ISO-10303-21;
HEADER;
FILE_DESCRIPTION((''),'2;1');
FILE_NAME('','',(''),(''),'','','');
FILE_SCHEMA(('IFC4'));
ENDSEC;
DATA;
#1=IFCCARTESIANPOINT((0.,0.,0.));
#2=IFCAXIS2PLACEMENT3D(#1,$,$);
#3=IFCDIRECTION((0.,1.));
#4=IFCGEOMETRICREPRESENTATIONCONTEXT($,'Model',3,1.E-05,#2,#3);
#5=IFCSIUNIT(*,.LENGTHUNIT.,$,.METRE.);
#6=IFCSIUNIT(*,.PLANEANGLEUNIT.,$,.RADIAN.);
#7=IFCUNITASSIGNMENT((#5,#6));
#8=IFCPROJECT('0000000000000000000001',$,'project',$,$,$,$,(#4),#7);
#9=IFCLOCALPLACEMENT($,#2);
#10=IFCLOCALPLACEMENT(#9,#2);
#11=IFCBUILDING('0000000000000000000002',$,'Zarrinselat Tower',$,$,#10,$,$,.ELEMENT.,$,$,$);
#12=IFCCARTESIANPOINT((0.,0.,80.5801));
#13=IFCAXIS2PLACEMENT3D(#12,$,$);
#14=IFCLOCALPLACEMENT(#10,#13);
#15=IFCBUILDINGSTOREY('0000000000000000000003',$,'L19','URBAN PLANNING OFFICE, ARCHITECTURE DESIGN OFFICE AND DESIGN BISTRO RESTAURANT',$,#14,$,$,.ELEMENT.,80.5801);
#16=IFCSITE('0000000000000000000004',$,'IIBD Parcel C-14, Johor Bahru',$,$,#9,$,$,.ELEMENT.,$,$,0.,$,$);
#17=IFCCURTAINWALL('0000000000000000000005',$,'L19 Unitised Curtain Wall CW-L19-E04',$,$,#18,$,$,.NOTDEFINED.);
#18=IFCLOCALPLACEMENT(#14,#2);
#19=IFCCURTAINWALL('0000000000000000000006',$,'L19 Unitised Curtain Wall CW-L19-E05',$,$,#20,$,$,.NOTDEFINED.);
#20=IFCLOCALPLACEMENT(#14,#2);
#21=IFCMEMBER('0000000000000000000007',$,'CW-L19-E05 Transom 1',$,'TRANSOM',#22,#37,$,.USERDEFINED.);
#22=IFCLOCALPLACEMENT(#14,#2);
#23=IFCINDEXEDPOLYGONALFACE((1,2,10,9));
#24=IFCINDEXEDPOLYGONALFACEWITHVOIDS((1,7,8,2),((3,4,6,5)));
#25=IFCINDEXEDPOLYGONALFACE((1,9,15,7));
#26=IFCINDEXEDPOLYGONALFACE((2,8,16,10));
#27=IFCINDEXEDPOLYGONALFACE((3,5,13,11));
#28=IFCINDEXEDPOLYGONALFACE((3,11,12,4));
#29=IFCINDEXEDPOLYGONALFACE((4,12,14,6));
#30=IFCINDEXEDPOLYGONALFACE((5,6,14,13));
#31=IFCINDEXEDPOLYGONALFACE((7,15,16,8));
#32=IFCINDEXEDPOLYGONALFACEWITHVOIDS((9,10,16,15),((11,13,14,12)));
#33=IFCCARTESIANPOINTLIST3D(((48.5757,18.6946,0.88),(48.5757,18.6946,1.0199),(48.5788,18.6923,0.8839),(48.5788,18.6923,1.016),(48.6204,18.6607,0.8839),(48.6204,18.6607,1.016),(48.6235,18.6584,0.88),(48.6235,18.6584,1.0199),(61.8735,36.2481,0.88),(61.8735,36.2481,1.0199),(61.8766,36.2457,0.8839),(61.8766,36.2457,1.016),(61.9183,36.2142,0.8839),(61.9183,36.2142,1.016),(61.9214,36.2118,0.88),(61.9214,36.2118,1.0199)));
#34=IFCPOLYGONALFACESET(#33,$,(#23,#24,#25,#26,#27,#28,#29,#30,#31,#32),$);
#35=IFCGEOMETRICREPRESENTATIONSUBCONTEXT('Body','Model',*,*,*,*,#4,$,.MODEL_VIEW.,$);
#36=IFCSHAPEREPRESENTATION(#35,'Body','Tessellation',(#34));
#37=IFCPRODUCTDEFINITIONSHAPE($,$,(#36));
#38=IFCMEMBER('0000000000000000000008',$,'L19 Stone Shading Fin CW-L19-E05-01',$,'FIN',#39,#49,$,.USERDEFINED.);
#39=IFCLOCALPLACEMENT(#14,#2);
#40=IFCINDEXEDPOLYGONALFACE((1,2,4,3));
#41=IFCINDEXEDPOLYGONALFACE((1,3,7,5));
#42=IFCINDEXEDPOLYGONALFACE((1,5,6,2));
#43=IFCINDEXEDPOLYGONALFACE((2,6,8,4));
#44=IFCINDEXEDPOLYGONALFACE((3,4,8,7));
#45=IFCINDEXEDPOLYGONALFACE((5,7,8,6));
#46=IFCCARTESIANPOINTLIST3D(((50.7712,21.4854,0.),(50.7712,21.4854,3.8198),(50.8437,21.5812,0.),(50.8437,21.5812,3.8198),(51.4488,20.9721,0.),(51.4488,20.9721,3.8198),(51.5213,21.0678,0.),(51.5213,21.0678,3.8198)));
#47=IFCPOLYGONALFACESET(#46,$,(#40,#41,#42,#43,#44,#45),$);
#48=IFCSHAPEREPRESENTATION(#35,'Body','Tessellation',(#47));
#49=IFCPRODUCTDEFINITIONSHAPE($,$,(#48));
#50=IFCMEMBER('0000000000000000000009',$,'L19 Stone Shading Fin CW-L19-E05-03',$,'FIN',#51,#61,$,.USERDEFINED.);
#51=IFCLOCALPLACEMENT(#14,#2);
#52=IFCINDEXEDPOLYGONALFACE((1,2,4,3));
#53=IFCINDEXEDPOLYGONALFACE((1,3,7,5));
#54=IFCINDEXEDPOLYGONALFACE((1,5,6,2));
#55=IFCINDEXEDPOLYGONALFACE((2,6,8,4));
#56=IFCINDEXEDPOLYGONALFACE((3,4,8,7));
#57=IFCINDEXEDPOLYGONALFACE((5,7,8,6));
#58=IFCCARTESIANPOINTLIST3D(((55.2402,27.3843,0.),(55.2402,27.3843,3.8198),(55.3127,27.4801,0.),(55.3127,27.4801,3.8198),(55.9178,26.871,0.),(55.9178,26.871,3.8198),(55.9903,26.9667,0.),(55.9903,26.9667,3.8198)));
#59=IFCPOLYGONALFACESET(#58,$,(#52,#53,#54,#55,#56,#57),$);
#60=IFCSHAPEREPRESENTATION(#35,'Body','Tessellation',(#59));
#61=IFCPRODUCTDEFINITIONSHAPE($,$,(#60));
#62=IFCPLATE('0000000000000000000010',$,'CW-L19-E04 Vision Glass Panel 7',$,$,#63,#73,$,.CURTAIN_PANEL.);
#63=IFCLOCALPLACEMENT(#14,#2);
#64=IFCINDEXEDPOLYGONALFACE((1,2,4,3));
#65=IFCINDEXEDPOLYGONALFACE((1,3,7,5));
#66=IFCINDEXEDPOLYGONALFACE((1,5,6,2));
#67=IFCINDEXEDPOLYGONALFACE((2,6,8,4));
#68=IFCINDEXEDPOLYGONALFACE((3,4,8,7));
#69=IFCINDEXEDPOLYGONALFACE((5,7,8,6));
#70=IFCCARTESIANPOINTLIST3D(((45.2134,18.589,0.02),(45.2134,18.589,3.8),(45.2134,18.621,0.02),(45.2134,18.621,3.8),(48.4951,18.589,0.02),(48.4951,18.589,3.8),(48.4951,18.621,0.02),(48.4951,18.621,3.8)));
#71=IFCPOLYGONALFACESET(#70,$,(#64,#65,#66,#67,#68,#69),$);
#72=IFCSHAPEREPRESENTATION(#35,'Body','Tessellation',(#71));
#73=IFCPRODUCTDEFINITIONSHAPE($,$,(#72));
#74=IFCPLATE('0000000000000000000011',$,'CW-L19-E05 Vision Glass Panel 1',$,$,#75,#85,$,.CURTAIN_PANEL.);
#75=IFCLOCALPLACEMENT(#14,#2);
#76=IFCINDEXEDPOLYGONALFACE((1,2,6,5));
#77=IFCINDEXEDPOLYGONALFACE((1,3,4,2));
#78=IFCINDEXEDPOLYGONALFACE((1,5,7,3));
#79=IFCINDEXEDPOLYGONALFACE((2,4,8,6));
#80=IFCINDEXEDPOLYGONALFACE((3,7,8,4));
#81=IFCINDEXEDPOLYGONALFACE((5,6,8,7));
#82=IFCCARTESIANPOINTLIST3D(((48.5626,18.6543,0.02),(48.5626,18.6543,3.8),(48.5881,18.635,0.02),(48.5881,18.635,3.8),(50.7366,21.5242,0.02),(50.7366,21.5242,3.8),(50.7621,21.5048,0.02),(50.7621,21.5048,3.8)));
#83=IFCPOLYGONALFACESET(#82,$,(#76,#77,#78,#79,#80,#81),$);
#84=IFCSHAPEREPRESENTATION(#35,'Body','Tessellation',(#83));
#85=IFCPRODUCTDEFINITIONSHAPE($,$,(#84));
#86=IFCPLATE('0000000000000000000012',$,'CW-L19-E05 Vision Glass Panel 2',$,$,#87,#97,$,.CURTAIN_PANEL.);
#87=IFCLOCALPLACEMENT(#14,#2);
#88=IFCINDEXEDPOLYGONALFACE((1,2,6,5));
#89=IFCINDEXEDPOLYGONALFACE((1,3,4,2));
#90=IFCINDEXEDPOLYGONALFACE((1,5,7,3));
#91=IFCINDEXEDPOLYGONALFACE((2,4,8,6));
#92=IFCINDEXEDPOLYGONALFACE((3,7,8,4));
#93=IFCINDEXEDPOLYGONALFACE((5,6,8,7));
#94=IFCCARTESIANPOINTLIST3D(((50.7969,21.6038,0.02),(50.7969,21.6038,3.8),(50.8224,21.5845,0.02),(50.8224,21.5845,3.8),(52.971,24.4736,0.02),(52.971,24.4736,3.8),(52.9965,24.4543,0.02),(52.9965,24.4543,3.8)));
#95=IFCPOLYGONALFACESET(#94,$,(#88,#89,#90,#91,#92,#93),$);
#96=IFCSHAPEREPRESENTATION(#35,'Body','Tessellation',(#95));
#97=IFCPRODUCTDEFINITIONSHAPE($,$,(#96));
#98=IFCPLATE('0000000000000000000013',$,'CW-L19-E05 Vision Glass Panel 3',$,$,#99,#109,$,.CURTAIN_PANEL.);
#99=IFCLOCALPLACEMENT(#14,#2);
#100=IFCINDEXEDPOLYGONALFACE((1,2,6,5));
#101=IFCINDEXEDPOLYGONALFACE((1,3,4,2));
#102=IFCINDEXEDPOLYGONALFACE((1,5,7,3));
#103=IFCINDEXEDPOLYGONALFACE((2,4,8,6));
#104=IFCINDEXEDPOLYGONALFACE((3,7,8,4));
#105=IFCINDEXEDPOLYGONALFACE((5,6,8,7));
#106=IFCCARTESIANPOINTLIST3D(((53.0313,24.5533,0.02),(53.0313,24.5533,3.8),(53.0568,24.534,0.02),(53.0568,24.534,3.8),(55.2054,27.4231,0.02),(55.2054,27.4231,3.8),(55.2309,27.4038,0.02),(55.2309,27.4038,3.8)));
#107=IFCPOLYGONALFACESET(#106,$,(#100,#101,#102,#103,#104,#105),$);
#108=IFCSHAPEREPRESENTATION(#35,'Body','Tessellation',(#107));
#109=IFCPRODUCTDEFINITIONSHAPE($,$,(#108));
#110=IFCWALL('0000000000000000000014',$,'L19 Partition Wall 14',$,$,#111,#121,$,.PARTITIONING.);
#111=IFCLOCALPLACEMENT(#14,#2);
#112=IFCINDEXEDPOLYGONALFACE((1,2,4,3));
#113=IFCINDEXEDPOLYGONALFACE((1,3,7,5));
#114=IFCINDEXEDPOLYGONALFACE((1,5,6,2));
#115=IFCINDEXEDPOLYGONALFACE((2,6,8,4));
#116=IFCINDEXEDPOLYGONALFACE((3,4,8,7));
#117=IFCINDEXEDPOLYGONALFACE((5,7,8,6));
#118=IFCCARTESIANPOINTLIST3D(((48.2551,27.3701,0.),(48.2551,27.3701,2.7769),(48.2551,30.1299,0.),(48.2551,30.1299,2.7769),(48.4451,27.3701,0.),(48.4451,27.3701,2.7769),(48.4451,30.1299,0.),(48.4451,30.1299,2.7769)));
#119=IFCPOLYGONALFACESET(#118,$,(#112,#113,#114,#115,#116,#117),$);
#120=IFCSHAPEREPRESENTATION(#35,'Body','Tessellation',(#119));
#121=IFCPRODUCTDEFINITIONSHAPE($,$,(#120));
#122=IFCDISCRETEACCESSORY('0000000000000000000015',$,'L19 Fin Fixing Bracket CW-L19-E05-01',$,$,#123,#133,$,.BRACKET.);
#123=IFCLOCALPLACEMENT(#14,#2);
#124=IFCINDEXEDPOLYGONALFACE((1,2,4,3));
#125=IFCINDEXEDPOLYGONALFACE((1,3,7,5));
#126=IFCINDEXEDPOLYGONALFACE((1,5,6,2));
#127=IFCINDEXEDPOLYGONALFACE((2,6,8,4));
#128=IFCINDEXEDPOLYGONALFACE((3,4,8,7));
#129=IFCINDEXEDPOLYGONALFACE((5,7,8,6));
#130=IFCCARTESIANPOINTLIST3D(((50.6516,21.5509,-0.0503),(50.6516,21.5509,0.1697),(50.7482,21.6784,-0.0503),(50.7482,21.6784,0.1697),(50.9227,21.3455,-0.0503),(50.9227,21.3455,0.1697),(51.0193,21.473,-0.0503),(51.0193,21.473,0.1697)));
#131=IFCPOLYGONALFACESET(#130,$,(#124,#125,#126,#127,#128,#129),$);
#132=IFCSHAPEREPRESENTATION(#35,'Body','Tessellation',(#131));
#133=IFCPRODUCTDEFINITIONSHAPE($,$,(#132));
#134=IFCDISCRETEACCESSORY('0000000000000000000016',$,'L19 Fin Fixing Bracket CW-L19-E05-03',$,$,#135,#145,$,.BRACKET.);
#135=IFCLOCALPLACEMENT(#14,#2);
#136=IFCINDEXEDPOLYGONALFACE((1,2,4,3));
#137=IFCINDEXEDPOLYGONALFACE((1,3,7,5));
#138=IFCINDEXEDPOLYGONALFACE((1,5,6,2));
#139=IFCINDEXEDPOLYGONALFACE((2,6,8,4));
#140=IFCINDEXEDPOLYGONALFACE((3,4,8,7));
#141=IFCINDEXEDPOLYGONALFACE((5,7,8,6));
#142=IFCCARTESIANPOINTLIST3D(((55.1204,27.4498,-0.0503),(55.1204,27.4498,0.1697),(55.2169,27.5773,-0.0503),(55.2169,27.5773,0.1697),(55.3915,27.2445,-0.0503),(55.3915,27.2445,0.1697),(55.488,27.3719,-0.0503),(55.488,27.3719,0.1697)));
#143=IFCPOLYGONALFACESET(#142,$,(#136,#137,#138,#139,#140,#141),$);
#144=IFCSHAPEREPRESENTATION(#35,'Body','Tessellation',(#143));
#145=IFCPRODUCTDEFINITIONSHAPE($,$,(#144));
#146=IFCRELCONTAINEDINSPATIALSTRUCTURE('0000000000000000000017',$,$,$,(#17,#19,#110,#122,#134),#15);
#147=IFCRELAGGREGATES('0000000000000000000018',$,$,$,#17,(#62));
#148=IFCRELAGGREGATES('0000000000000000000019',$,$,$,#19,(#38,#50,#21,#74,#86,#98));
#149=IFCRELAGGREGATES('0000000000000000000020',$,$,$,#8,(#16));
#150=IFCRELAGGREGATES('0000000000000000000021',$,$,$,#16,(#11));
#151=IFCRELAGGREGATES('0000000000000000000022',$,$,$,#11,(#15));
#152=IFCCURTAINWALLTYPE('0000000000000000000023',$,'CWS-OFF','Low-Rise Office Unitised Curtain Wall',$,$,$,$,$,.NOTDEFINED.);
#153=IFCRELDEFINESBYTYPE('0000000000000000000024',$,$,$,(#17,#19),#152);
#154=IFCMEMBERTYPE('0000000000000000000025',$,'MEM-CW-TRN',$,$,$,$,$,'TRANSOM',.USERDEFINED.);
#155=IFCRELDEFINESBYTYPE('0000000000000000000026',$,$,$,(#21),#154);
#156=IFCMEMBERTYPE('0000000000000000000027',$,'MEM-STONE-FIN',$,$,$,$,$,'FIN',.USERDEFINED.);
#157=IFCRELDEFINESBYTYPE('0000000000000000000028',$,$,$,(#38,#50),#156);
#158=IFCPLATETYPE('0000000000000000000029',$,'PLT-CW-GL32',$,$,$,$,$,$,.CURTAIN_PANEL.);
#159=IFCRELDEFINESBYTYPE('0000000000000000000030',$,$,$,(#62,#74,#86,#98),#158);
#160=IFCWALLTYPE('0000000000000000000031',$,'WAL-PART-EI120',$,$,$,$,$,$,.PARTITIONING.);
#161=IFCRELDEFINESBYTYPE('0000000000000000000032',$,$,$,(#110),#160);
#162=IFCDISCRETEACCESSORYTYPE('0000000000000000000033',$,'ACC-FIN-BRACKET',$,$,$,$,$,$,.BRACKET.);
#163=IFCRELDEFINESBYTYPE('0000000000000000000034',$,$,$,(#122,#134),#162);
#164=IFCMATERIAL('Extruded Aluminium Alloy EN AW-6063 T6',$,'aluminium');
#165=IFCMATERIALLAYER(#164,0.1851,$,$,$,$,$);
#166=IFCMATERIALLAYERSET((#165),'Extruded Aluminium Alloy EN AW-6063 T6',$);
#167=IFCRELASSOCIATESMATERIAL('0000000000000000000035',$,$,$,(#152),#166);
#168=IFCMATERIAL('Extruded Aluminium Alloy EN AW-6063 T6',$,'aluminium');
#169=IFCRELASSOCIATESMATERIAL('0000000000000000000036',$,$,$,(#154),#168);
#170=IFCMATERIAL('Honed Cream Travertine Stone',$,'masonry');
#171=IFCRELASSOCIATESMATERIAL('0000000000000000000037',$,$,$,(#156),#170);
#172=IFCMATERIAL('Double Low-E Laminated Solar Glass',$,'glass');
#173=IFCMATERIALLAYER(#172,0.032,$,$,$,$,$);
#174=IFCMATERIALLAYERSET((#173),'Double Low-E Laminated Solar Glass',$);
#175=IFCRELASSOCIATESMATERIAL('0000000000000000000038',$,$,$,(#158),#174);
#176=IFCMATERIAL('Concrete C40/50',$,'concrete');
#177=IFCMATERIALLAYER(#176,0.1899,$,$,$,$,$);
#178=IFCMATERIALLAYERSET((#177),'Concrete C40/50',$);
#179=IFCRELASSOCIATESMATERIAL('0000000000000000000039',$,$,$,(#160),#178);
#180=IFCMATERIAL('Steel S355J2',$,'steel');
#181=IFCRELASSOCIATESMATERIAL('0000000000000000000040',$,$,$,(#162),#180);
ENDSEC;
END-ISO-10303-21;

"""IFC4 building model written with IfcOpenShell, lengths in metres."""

from ifc_helpers import new_model, si_unit, direction, frame, frame_2d, origin, origin_2d, place, context, subcontext, project, spatial, rectangle, hollow_rectangle, extrude, material, layer, layer_set, material_profile, profile_set, type_object, element, aggregate, save


model = new_model("IFC4")

# Units and contexts
model_context = context("Model", 3, precision=1e-05, world=origin(), true_north=direction((0.0, 1.0)))
body_context = subcontext(model_context, "Body", "Model", "MODEL_VIEW")
ifc_project = project(units=[si_unit("LENGTHUNIT", "METRE"), si_unit("PLANEANGLEUNIT", "RADIAN")], contexts=[model_context])

# Site, building, storey
site_placement = place(None, origin())
site = spatial("IfcSite", under=ifc_project, at=site_placement, Name="IIBD Parcel C-14, Johor Bahru", CompositionType="ELEMENT", RefElevation=0.0)
building_placement = place(site_placement, origin())
building = spatial("IfcBuilding", under=site, at=building_placement, Name="Zarrinselat Tower", CompositionType="ELEMENT")
storey_placement = place(building_placement, frame((0.0, 0.0, 80.5801)))
storey = spatial("IfcBuildingStorey", under=building, at=storey_placement, Name="L19", Description="URBAN PLANNING OFFICE, ARCHITECTURE DESIGN OFFICE AND DESIGN BISTRO RESTAURANT", CompositionType="ELEMENT", Elevation=80.5801)

# Curtain wall
ifc_material_1 = material(Name="Extruded Aluminium Alloy EN AW-6063 T6", Category="aluminium")
ifc_layer_1 = layer(ifc_material_1, 0.1851)
ifc_layer_set_1 = layer_set([ifc_layer_1], Name="Extruded Aluminium Alloy EN AW-6063 T6")
curtain_wall_type = type_object("IfcCurtainWallType", Name="CWS-OFF", Description="Low-Rise Office Unitised Curtain Wall", PredefinedType="NOTDEFINED", material=ifc_layer_set_1)
curtain_wall_1_placement = place(storey_placement, origin())
curtain_wall_1 = element("IfcCurtainWall", 1, at=curtain_wall_1_placement, inside=storey, type_object=curtain_wall_type, Name="L19 Unitised Curtain Wall CW-L19-E04", PredefinedType="NOTDEFINED")

# Curtain wall, members
curtain_wall_2_placement = place(storey_placement, origin())
curtain_wall_2 = element("IfcCurtainWall", 2, at=curtain_wall_2_placement, inside=storey, type_object=curtain_wall_type, Name="L19 Unitised Curtain Wall CW-L19-E05", PredefinedType="NOTDEFINED")
ifc_material_2 = material(Name="Extruded Aluminium Alloy EN AW-6063 T6", Category="aluminium")
ifc_material_profile_1 = material_profile(ifc_material_2, hollow_rectangle(XDim=0.0601, YDim=0.1399, WallThickness=0.0039, at=origin_2d()), Name="RHS 140x60x4")
ifc_profile_set_1 = profile_set([ifc_material_profile_1], Name="Extruded Aluminium Alloy EN AW-6063 T6")
member_type_1 = type_object("IfcMemberType", Name="MEM-CW-TRN", ElementType="TRANSOM", PredefinedType="USERDEFINED", material=ifc_profile_set_1)
member_1_placement = place(storey_placement, frame((48.5996, 18.6765, 0.95), z_axis=(0.603851, 0.797097, 0.0), x_axis=(-0.797097, 0.603851, 0.0)))
member_1 = element("IfcMember", 3, at=member_1_placement, type_object=member_type_1, Name="CW-L19-E05 Transom 1", ObjectType="TRANSOM", PredefinedType="USERDEFINED", context=body_context, shape_type="SweptSolid", body=[
    extrude(hollow_rectangle(XDim=0.0601, YDim=0.1399, WallThickness=0.0039, at=origin_2d()), origin(), (0.0, 0.0, 1.0), 22.0217),
])
ifc_material_3 = material(Name="Honed Cream Travertine Stone", Category="masonry")
ifc_material_profile_2 = material_profile(ifc_material_3, rectangle(XDim=0.1201, YDim=0.8501, at=origin_2d()), Name="FIN 850x120")
ifc_profile_set_2 = profile_set([ifc_material_profile_2], Name="Honed Cream Travertine Stone")
member_type_2 = type_object("IfcMemberType", Name="MEM-STONE-FIN", ElementType="FIN", PredefinedType="USERDEFINED", material=ifc_profile_set_2)
member_2_placement = place(storey_placement, frame((51.1462, 21.2766, 0.0), z_axis=(0.0, 0.0, 1.0), x_axis=(-0.603855, -0.797094, 0.0)))
member_2 = element("IfcMember", 4, at=member_2_placement, type_object=member_type_2, Name="L19 Stone Shading Fin CW-L19-E05-01", ObjectType="FIN", PredefinedType="USERDEFINED", context=body_context, shape_type="SweptSolid", body=[
    extrude(rectangle(XDim=0.1201, YDim=0.8501, at=origin_2d()), origin(), (0.0, 0.0, 1.0), 3.8198),
])
member_3_placement = place(storey_placement, frame((55.6152, 27.1755, 0.0), z_axis=(0.0, 0.0, 1.0), x_axis=(-0.603855, -0.797094, 0.0)))
member_3 = element("IfcMember", 5, at=member_3_placement, type_object=member_type_2, Name="L19 Stone Shading Fin CW-L19-E05-03", ObjectType="FIN", PredefinedType="USERDEFINED", context=body_context, shape_type="SweptSolid", body=[
    extrude(rectangle(XDim=0.1201, YDim=0.8501, at=origin_2d()), origin(), (0.0, 0.0, 1.0), 3.8198),
])

# Plates
ifc_material_4 = material(Name="Double Low-E Laminated Solar Glass", Category="glass")
ifc_layer_2 = layer(ifc_material_4, 0.032)
ifc_layer_set_2 = layer_set([ifc_layer_2], Name="Double Low-E Laminated Solar Glass")
plate_type = type_object("IfcPlateType", Name="PLT-CW-GL32", PredefinedType="CURTAIN_PANEL", material=ifc_layer_set_2)
plate_1_placement = place(storey_placement, frame((46.8542, 18.605, 0.02), z_axis=(0.0, 0.0, 1.0), x_axis=(1.0, 0.0, 0.0)))
plate_1 = element("IfcPlate", 6, at=plate_1_placement, type_object=plate_type, Name="CW-L19-E04 Vision Glass Panel 7", PredefinedType="CURTAIN_PANEL", context=body_context, shape_type="SweptSolid", body=[
    extrude(rectangle(XDim=3.2817, YDim=0.032, at=origin_2d()), origin(), (0.0, 0.0, 1.0), 3.78),
])
aggregate(curtain_wall_1, [plate_1])
plate_2_placement = place(storey_placement, frame((49.6624, 20.0796, 0.02), z_axis=(0.0, 0.0, 1.0), x_axis=(0.603855, 0.797094, 0.0)))
plate_2 = element("IfcPlate", 7, at=plate_2_placement, type_object=plate_type, Name="CW-L19-E05 Vision Glass Panel 1", PredefinedType="CURTAIN_PANEL", context=body_context, shape_type="SweptSolid", body=[
    extrude(rectangle(XDim=3.6003, YDim=0.032, at=origin_2d()), origin(), (0.0, 0.0, 1.0), 3.78),
])
plate_3_placement = place(storey_placement, frame((51.8967, 23.0291, 0.02), z_axis=(0.0, 0.0, 1.0), x_axis=(0.603855, 0.797094, 0.0)))
plate_3 = element("IfcPlate", 8, at=plate_3_placement, type_object=plate_type, Name="CW-L19-E05 Vision Glass Panel 2", PredefinedType="CURTAIN_PANEL", context=body_context, shape_type="SweptSolid", body=[
    extrude(rectangle(XDim=3.6003, YDim=0.032, at=origin_2d()), origin(), (0.0, 0.0, 1.0), 3.78),
])
plate_4_placement = place(storey_placement, frame((54.1311, 25.9785, 0.02), z_axis=(0.0, 0.0, 1.0), x_axis=(0.603855, 0.797094, 0.0)))
plate_4 = element("IfcPlate", 9, at=plate_4_placement, type_object=plate_type, Name="CW-L19-E05 Vision Glass Panel 3", PredefinedType="CURTAIN_PANEL", context=body_context, shape_type="SweptSolid", body=[
    extrude(rectangle(XDim=3.6003, YDim=0.032, at=origin_2d()), origin(), (0.0, 0.0, 1.0), 3.78),
])
aggregate(curtain_wall_2, [member_2, member_3, member_1, plate_2, plate_3, plate_4])

# Wall
ifc_material_5 = material(Name="Concrete C40/50", Category="concrete")
ifc_layer_3 = layer(ifc_material_5, 0.1899)
ifc_layer_set_3 = layer_set([ifc_layer_3], Name="Concrete C40/50")
wall_type = type_object("IfcWallType", Name="WAL-PART-EI120", PredefinedType="PARTITIONING", material=ifc_layer_set_3)
wall_placement = place(storey_placement, frame((48.3501, 27.3701, 0.0), z_axis=(0.0, 0.0, 1.0), x_axis=(0.0, 1.0, 0.0)))
element("IfcWall", 10, at=wall_placement, inside=storey, type_object=wall_type, Name="L19 Partition Wall 14", PredefinedType="PARTITIONING", context=body_context, shape_type="SweptSolid", body=[
    extrude(rectangle(XDim=2.7598, YDim=0.1899, at=frame_2d((1.3799, 0.0))), origin(), (0.0, 0.0, 1.0), 2.7769),
])

# Discrete accessories
ifc_material_6 = material(Name="Steel S355J2", Category="steel")
discrete_accessory_type = type_object("IfcDiscreteAccessoryType", Name="ACC-FIN-BRACKET", PredefinedType="BRACKET", material=ifc_material_6)
for number, where, z_axis, x_axis, name in (
    (11, (50.8354, 21.512, -0.0503), (0.0, 0.0, 1.0), (0.797094, -0.603855, 0.0), "L19 Fin Fixing Bracket CW-L19-E05-01"),
    (12, (55.3042, 27.4109, -0.0503), (0.0, 0.0, 1.0), (0.797094, -0.603855, 0.0), "L19 Fin Fixing Bracket CW-L19-E05-03"),
):
    element("IfcDiscreteAccessory", number, at=place(storey_placement, frame(where, z_axis=z_axis, x_axis=x_axis)), inside=storey, type_object=discrete_accessory_type, Name=name, PredefinedType="BRACKET", context=body_context, shape_type="SweptSolid", body=[
        extrude(rectangle(XDim=0.3401, YDim=0.1599, at=origin_2d()), origin(), (0.0, 0.0, 1.0), 0.22),
    ])

save(model, "model.ifc")
